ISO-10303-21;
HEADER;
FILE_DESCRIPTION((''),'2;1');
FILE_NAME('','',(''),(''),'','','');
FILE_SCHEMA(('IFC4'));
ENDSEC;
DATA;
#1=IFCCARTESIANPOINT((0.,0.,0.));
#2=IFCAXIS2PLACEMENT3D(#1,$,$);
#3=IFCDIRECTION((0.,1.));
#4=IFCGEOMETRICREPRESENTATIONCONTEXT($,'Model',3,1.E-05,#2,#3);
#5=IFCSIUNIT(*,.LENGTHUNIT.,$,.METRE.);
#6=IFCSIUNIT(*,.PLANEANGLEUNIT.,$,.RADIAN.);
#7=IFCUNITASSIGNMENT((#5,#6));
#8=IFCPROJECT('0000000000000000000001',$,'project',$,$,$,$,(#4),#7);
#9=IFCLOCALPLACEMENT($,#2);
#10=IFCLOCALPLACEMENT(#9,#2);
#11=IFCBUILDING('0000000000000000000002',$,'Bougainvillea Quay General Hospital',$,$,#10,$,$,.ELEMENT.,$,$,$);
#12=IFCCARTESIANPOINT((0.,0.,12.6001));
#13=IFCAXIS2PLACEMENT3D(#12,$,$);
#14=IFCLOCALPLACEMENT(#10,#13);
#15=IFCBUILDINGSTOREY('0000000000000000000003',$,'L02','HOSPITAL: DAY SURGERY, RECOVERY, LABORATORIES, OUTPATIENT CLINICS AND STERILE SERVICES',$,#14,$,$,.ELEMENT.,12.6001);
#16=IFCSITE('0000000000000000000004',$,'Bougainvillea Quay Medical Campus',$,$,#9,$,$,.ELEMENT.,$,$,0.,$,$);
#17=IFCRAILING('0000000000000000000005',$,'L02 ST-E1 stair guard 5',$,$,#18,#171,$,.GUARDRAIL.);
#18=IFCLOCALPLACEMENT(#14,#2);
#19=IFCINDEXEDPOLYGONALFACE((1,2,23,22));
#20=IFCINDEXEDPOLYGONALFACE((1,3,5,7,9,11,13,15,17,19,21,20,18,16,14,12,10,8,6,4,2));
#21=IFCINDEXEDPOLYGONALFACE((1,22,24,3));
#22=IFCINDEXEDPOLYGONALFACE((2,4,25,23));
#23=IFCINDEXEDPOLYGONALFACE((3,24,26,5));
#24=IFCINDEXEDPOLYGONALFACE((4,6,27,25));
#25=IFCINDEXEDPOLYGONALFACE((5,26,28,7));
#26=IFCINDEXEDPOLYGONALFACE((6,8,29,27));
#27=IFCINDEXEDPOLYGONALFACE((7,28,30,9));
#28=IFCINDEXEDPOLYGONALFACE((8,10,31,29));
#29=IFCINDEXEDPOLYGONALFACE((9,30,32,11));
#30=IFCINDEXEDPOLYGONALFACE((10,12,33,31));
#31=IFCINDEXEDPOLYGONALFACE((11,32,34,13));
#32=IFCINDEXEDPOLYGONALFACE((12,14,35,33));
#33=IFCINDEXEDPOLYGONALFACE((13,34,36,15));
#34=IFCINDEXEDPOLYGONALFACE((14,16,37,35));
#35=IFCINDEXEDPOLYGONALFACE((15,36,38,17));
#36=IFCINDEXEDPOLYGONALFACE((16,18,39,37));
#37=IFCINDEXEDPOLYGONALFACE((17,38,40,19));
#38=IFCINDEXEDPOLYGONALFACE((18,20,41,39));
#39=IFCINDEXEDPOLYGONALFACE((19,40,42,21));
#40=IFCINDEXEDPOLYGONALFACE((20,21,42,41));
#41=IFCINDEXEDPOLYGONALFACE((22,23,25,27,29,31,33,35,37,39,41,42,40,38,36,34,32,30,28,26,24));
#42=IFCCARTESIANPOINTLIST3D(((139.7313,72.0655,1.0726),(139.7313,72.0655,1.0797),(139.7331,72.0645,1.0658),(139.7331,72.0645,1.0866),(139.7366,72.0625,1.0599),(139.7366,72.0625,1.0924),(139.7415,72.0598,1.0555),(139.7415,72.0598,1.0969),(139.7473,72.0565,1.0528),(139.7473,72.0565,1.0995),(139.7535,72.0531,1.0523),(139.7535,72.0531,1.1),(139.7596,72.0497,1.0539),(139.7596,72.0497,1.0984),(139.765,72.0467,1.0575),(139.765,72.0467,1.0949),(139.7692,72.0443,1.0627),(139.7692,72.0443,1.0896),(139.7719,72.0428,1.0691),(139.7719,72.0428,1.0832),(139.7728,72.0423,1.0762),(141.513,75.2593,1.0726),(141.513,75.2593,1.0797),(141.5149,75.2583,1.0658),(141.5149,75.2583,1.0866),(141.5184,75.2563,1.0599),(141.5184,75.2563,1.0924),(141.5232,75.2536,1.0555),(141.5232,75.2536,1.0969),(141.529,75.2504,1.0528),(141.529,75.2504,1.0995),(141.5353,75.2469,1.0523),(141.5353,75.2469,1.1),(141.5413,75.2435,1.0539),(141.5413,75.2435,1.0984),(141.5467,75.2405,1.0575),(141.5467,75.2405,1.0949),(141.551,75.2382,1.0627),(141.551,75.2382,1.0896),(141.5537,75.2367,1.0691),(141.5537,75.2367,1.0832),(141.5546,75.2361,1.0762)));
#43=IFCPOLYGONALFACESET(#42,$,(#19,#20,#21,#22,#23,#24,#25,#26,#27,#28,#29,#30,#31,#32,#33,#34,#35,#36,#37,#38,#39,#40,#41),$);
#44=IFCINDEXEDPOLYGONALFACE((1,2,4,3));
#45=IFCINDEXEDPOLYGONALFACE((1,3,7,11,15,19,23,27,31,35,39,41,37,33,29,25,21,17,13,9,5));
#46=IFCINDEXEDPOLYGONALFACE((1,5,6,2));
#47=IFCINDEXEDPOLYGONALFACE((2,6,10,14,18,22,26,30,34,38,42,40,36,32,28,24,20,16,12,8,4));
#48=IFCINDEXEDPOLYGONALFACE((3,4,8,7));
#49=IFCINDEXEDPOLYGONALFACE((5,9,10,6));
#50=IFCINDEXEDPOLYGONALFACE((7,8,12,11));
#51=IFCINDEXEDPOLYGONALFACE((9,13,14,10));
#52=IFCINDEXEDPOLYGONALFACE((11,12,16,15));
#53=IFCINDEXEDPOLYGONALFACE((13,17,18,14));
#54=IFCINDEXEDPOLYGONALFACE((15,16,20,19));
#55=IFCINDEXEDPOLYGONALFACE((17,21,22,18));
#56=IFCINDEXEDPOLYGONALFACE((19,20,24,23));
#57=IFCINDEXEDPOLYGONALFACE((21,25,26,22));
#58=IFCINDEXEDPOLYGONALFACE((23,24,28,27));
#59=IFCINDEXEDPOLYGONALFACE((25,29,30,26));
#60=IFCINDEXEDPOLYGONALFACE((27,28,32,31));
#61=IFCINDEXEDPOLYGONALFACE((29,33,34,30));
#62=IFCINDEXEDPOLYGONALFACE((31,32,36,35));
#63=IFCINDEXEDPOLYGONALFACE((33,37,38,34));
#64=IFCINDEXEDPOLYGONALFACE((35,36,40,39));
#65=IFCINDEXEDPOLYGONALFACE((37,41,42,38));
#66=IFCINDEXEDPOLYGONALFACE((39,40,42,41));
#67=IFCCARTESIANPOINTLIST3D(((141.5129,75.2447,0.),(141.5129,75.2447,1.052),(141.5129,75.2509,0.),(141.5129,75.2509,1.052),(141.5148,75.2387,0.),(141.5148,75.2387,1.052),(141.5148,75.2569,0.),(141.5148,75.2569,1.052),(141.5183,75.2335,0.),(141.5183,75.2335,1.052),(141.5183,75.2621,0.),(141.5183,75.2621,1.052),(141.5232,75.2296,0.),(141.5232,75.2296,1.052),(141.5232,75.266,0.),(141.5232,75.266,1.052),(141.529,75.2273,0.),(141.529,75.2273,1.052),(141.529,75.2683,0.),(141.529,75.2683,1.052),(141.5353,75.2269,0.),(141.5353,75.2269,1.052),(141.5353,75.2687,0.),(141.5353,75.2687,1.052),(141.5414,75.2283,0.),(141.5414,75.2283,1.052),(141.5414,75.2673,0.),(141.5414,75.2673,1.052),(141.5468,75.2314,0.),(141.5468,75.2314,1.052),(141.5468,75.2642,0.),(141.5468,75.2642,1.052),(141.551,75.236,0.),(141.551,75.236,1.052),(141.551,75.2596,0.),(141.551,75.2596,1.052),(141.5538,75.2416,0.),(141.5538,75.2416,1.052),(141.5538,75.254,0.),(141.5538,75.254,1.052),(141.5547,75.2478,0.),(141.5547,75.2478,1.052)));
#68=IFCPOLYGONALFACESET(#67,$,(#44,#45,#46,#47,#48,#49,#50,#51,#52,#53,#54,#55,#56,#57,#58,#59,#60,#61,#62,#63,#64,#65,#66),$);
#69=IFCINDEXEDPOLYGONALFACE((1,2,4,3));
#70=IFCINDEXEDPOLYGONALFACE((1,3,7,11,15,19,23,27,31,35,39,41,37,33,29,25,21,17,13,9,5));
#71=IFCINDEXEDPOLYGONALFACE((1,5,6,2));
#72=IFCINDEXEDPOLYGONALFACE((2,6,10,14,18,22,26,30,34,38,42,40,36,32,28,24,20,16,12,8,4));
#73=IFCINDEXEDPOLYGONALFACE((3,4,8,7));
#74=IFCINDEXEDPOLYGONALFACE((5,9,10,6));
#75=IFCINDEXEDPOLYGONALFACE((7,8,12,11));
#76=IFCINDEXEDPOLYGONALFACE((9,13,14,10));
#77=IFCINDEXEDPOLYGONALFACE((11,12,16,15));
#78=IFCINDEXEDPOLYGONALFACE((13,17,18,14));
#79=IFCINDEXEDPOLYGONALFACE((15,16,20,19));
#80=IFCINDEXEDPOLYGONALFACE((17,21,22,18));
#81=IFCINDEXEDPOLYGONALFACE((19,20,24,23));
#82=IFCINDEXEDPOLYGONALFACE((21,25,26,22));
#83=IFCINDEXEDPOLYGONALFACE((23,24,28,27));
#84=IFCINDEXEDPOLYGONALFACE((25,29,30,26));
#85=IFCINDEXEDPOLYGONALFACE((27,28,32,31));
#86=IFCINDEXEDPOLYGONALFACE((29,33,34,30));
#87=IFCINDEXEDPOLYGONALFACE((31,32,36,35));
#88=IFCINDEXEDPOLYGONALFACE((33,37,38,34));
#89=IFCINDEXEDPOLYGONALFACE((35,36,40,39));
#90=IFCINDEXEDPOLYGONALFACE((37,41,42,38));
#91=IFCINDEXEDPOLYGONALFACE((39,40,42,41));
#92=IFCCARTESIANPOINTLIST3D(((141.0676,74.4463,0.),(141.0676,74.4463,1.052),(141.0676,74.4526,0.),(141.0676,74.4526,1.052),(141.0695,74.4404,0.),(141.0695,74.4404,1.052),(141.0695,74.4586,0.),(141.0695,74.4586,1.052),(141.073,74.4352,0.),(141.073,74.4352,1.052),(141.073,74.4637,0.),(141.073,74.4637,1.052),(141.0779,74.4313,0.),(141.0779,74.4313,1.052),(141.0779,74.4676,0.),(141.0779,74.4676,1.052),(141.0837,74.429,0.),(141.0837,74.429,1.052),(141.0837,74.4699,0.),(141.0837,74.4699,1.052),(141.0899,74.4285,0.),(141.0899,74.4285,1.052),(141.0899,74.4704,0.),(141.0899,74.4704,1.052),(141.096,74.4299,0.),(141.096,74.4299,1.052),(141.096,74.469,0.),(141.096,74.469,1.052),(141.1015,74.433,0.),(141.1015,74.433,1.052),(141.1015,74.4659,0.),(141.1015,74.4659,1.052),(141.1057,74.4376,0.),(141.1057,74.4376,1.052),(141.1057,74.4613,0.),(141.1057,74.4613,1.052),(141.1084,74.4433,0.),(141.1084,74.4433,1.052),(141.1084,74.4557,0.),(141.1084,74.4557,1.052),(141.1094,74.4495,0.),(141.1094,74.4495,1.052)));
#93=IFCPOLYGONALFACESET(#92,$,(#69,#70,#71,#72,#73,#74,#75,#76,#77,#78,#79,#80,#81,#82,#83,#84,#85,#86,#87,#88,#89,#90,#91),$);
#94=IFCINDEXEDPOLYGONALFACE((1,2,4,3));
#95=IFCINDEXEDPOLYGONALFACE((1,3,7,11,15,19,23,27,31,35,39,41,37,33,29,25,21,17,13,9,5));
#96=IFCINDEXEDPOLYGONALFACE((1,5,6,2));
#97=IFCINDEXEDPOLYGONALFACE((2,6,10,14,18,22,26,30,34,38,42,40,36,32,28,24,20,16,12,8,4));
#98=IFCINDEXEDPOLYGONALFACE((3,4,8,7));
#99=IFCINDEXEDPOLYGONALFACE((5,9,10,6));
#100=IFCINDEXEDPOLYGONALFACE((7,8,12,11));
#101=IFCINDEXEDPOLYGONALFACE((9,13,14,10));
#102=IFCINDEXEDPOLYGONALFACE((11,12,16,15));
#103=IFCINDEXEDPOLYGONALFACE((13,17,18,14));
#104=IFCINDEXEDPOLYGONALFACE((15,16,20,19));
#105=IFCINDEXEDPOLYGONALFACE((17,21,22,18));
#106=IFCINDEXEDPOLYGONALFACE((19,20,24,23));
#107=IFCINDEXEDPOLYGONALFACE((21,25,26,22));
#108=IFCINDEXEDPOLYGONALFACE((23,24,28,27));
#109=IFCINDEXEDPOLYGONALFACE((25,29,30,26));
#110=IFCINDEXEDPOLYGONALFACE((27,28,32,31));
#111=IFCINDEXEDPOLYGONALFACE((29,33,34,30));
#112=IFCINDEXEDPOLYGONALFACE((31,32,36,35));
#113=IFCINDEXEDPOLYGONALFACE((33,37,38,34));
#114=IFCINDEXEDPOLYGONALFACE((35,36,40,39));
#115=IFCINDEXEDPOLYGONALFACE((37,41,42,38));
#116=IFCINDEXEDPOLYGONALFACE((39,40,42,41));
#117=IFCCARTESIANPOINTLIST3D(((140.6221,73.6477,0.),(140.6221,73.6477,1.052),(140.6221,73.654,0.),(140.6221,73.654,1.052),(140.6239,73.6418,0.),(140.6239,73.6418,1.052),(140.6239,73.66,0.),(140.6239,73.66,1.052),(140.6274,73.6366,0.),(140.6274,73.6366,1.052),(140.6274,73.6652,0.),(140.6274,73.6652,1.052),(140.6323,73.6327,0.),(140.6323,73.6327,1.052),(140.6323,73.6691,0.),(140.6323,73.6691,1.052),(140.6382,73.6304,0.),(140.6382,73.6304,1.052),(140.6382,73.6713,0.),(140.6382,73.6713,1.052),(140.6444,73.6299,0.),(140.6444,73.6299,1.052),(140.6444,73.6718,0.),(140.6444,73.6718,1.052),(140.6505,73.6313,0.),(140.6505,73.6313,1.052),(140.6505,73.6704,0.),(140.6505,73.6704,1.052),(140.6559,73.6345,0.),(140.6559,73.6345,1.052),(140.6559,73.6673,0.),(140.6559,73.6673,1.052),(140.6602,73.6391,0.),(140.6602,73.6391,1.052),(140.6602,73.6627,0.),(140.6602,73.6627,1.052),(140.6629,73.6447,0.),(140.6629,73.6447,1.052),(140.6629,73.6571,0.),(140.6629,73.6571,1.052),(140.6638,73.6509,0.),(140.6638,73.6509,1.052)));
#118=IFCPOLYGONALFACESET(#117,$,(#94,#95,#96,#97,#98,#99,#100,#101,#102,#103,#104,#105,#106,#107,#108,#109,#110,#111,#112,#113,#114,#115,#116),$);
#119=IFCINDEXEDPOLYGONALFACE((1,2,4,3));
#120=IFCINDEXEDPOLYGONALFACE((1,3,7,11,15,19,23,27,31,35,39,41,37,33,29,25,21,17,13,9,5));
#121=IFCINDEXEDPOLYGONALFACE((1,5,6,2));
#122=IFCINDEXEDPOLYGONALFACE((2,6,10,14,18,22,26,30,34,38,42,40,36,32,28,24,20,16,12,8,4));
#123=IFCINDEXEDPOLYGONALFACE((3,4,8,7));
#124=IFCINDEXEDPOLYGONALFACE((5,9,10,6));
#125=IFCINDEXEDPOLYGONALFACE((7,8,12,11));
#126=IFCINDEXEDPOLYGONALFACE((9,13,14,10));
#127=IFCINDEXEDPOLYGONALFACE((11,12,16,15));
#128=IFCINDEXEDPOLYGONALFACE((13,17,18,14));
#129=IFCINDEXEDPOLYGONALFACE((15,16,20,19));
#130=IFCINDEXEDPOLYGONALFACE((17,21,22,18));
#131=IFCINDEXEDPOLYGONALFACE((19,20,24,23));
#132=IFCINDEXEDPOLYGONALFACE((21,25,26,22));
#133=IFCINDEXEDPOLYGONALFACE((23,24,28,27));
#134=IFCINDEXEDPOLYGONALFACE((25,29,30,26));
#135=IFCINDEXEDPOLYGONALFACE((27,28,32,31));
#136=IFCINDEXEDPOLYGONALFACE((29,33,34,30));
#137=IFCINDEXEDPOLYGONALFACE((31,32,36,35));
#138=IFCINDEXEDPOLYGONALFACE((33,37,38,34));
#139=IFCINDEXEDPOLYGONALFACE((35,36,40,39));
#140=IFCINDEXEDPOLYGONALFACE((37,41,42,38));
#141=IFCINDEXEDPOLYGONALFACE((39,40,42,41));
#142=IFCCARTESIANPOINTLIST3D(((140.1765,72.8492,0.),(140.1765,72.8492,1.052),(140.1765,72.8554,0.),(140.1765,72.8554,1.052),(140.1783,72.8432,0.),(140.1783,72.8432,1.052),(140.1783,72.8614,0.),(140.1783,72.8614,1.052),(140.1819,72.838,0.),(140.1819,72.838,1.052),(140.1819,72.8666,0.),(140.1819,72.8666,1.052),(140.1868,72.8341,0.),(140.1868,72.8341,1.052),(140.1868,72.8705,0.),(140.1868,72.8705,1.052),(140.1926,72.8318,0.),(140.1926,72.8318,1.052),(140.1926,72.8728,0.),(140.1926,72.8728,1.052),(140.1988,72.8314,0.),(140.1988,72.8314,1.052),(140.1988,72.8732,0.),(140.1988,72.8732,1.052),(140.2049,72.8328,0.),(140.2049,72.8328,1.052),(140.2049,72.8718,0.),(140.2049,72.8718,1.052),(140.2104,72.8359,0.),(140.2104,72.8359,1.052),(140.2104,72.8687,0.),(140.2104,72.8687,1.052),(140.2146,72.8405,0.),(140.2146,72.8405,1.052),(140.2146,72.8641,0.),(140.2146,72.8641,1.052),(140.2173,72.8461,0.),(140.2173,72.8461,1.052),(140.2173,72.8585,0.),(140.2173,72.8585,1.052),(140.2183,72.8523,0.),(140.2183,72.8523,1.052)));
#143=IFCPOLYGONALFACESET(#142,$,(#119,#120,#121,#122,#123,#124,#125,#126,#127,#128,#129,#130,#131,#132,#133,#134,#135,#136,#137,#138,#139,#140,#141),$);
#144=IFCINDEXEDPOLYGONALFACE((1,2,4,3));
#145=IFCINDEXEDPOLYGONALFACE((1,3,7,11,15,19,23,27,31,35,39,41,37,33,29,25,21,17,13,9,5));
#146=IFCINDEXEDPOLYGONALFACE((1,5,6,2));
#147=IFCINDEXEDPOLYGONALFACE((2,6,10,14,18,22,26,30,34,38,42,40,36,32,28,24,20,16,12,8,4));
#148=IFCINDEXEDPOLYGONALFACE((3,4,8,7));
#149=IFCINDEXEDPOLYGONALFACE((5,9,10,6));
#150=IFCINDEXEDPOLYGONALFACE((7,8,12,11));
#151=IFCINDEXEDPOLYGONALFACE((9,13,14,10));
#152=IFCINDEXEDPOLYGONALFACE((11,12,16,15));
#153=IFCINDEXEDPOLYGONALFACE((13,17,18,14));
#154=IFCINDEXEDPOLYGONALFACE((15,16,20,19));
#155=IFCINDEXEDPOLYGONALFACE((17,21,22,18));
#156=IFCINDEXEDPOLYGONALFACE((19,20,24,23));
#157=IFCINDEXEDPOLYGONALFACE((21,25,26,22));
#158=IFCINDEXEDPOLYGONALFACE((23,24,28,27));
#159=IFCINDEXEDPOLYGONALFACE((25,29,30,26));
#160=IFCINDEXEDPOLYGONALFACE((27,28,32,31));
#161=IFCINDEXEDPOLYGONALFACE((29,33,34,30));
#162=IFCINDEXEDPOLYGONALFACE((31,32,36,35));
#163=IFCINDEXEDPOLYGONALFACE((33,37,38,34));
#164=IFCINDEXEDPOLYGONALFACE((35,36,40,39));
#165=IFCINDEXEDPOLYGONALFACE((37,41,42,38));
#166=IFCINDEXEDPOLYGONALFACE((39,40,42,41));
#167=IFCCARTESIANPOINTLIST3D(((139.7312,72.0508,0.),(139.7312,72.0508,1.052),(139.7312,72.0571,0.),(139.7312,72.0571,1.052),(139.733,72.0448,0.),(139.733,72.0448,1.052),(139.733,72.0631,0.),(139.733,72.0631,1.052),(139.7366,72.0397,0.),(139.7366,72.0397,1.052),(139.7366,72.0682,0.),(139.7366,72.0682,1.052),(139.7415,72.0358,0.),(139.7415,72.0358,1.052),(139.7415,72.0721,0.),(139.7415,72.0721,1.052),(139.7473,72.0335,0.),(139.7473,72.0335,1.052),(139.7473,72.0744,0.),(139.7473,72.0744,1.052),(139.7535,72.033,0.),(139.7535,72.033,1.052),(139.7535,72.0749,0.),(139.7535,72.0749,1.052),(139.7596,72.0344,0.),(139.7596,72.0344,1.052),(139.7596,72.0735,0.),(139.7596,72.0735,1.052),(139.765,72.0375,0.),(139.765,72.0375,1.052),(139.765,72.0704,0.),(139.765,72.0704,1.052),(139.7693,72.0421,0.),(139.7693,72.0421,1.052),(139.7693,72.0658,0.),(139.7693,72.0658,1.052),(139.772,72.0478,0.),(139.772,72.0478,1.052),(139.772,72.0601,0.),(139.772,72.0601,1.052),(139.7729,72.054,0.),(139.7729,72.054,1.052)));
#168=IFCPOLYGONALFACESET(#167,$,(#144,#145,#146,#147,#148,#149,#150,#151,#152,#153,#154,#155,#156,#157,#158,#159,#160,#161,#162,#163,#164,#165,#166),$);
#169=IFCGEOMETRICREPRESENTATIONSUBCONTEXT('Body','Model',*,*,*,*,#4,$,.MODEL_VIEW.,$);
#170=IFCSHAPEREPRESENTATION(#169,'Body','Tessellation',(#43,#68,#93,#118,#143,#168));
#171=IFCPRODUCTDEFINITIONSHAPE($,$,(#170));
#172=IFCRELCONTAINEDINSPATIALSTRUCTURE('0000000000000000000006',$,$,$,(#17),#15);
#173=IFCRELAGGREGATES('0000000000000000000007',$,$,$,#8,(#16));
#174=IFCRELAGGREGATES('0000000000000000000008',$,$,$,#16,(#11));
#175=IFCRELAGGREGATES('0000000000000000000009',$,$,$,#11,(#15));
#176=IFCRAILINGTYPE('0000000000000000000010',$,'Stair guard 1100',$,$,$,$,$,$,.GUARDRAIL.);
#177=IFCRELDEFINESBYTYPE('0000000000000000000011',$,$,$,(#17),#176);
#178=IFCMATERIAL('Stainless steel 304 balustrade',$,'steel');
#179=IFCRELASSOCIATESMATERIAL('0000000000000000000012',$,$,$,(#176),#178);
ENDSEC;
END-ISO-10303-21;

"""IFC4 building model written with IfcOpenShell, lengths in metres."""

from ifc_helpers import new_model, si_unit, direction, frame, origin, origin_2d, place, context, subcontext, project, spatial, circle, extrude, material, type_object, element, save


model = new_model("IFC4")

# Units and contexts
model_context = context("Model", 3, precision=1e-05, world=origin(), true_north=direction((0.0, 1.0)))
body_context = subcontext(model_context, "Body", "Model", "MODEL_VIEW")
ifc_project = project(units=[si_unit("LENGTHUNIT", "METRE"), si_unit("PLANEANGLEUNIT", "RADIAN")], contexts=[model_context])

# Site, building, storey
site_placement = place(None, origin())
site = spatial("IfcSite", under=ifc_project, at=site_placement, Name="Bougainvillea Quay Medical Campus", CompositionType="ELEMENT", RefElevation=0.0)
building_placement = place(site_placement, origin())
building = spatial("IfcBuilding", under=site, at=building_placement, Name="Bougainvillea Quay General Hospital", CompositionType="ELEMENT")
storey_placement = place(building_placement, frame((0.0, 0.0, 12.6001)))
storey = spatial("IfcBuildingStorey", under=building, at=storey_placement, Name="L02", Description="HOSPITAL: DAY SURGERY, RECOVERY, LABORATORIES, OUTPATIENT CLINICS AND STERILE SERVICES", CompositionType="ELEMENT", Elevation=12.6001)

# Railing
ifc_material_1 = material(Name="Stainless steel 304 balustrade", Category="steel")
railing_type_1 = type_object("IfcRailingType", Name="Stair guard 1100", PredefinedType="GUARDRAIL", material=ifc_material_1)
railing_1_placement = place(storey_placement, frame((141.5337, 75.2478, 0.0)))
element("IfcRailing", 1, at=railing_1_placement, inside=storey, type_object=railing_type_1, Name="L02 ST-E1 stair guard 5", PredefinedType="GUARDRAIL", context=body_context, shape_type="SweptSolid", body=[
    extrude(circle(Radius=0.0239, at=origin_2d()), frame((0.0, 0.0, 1.0762), z_axis=(-0.487184, -0.873299, 0.0), x_axis=(0.873299, -0.487184, 0.0)), (0.0, 0.0, 1.0), 3.6572),
    extrude(circle(Radius=0.021, at=origin_2d()), origin(), (0.0, 0.0, 1.0), 1.052),
    extrude(circle(Radius=0.021, at=origin_2d()), frame((-0.4453, -0.7983, 0.0)), (0.0, 0.0, 1.0), 1.052),
    extrude(circle(Radius=0.021, at=origin_2d()), frame((-0.8909, -1.5969, 0.0)), (0.0, 0.0, 1.0), 1.052),
    extrude(circle(Radius=0.021, at=origin_2d()), frame((-1.3364, -2.3955, 0.0)), (0.0, 0.0, 1.0), 1.052),
    extrude(circle(Radius=0.021, at=origin_2d()), frame((-1.7817, -3.1938, 0.0)), (0.0, 0.0, 1.0), 1.052),
])

save(model, "model.ifc")
